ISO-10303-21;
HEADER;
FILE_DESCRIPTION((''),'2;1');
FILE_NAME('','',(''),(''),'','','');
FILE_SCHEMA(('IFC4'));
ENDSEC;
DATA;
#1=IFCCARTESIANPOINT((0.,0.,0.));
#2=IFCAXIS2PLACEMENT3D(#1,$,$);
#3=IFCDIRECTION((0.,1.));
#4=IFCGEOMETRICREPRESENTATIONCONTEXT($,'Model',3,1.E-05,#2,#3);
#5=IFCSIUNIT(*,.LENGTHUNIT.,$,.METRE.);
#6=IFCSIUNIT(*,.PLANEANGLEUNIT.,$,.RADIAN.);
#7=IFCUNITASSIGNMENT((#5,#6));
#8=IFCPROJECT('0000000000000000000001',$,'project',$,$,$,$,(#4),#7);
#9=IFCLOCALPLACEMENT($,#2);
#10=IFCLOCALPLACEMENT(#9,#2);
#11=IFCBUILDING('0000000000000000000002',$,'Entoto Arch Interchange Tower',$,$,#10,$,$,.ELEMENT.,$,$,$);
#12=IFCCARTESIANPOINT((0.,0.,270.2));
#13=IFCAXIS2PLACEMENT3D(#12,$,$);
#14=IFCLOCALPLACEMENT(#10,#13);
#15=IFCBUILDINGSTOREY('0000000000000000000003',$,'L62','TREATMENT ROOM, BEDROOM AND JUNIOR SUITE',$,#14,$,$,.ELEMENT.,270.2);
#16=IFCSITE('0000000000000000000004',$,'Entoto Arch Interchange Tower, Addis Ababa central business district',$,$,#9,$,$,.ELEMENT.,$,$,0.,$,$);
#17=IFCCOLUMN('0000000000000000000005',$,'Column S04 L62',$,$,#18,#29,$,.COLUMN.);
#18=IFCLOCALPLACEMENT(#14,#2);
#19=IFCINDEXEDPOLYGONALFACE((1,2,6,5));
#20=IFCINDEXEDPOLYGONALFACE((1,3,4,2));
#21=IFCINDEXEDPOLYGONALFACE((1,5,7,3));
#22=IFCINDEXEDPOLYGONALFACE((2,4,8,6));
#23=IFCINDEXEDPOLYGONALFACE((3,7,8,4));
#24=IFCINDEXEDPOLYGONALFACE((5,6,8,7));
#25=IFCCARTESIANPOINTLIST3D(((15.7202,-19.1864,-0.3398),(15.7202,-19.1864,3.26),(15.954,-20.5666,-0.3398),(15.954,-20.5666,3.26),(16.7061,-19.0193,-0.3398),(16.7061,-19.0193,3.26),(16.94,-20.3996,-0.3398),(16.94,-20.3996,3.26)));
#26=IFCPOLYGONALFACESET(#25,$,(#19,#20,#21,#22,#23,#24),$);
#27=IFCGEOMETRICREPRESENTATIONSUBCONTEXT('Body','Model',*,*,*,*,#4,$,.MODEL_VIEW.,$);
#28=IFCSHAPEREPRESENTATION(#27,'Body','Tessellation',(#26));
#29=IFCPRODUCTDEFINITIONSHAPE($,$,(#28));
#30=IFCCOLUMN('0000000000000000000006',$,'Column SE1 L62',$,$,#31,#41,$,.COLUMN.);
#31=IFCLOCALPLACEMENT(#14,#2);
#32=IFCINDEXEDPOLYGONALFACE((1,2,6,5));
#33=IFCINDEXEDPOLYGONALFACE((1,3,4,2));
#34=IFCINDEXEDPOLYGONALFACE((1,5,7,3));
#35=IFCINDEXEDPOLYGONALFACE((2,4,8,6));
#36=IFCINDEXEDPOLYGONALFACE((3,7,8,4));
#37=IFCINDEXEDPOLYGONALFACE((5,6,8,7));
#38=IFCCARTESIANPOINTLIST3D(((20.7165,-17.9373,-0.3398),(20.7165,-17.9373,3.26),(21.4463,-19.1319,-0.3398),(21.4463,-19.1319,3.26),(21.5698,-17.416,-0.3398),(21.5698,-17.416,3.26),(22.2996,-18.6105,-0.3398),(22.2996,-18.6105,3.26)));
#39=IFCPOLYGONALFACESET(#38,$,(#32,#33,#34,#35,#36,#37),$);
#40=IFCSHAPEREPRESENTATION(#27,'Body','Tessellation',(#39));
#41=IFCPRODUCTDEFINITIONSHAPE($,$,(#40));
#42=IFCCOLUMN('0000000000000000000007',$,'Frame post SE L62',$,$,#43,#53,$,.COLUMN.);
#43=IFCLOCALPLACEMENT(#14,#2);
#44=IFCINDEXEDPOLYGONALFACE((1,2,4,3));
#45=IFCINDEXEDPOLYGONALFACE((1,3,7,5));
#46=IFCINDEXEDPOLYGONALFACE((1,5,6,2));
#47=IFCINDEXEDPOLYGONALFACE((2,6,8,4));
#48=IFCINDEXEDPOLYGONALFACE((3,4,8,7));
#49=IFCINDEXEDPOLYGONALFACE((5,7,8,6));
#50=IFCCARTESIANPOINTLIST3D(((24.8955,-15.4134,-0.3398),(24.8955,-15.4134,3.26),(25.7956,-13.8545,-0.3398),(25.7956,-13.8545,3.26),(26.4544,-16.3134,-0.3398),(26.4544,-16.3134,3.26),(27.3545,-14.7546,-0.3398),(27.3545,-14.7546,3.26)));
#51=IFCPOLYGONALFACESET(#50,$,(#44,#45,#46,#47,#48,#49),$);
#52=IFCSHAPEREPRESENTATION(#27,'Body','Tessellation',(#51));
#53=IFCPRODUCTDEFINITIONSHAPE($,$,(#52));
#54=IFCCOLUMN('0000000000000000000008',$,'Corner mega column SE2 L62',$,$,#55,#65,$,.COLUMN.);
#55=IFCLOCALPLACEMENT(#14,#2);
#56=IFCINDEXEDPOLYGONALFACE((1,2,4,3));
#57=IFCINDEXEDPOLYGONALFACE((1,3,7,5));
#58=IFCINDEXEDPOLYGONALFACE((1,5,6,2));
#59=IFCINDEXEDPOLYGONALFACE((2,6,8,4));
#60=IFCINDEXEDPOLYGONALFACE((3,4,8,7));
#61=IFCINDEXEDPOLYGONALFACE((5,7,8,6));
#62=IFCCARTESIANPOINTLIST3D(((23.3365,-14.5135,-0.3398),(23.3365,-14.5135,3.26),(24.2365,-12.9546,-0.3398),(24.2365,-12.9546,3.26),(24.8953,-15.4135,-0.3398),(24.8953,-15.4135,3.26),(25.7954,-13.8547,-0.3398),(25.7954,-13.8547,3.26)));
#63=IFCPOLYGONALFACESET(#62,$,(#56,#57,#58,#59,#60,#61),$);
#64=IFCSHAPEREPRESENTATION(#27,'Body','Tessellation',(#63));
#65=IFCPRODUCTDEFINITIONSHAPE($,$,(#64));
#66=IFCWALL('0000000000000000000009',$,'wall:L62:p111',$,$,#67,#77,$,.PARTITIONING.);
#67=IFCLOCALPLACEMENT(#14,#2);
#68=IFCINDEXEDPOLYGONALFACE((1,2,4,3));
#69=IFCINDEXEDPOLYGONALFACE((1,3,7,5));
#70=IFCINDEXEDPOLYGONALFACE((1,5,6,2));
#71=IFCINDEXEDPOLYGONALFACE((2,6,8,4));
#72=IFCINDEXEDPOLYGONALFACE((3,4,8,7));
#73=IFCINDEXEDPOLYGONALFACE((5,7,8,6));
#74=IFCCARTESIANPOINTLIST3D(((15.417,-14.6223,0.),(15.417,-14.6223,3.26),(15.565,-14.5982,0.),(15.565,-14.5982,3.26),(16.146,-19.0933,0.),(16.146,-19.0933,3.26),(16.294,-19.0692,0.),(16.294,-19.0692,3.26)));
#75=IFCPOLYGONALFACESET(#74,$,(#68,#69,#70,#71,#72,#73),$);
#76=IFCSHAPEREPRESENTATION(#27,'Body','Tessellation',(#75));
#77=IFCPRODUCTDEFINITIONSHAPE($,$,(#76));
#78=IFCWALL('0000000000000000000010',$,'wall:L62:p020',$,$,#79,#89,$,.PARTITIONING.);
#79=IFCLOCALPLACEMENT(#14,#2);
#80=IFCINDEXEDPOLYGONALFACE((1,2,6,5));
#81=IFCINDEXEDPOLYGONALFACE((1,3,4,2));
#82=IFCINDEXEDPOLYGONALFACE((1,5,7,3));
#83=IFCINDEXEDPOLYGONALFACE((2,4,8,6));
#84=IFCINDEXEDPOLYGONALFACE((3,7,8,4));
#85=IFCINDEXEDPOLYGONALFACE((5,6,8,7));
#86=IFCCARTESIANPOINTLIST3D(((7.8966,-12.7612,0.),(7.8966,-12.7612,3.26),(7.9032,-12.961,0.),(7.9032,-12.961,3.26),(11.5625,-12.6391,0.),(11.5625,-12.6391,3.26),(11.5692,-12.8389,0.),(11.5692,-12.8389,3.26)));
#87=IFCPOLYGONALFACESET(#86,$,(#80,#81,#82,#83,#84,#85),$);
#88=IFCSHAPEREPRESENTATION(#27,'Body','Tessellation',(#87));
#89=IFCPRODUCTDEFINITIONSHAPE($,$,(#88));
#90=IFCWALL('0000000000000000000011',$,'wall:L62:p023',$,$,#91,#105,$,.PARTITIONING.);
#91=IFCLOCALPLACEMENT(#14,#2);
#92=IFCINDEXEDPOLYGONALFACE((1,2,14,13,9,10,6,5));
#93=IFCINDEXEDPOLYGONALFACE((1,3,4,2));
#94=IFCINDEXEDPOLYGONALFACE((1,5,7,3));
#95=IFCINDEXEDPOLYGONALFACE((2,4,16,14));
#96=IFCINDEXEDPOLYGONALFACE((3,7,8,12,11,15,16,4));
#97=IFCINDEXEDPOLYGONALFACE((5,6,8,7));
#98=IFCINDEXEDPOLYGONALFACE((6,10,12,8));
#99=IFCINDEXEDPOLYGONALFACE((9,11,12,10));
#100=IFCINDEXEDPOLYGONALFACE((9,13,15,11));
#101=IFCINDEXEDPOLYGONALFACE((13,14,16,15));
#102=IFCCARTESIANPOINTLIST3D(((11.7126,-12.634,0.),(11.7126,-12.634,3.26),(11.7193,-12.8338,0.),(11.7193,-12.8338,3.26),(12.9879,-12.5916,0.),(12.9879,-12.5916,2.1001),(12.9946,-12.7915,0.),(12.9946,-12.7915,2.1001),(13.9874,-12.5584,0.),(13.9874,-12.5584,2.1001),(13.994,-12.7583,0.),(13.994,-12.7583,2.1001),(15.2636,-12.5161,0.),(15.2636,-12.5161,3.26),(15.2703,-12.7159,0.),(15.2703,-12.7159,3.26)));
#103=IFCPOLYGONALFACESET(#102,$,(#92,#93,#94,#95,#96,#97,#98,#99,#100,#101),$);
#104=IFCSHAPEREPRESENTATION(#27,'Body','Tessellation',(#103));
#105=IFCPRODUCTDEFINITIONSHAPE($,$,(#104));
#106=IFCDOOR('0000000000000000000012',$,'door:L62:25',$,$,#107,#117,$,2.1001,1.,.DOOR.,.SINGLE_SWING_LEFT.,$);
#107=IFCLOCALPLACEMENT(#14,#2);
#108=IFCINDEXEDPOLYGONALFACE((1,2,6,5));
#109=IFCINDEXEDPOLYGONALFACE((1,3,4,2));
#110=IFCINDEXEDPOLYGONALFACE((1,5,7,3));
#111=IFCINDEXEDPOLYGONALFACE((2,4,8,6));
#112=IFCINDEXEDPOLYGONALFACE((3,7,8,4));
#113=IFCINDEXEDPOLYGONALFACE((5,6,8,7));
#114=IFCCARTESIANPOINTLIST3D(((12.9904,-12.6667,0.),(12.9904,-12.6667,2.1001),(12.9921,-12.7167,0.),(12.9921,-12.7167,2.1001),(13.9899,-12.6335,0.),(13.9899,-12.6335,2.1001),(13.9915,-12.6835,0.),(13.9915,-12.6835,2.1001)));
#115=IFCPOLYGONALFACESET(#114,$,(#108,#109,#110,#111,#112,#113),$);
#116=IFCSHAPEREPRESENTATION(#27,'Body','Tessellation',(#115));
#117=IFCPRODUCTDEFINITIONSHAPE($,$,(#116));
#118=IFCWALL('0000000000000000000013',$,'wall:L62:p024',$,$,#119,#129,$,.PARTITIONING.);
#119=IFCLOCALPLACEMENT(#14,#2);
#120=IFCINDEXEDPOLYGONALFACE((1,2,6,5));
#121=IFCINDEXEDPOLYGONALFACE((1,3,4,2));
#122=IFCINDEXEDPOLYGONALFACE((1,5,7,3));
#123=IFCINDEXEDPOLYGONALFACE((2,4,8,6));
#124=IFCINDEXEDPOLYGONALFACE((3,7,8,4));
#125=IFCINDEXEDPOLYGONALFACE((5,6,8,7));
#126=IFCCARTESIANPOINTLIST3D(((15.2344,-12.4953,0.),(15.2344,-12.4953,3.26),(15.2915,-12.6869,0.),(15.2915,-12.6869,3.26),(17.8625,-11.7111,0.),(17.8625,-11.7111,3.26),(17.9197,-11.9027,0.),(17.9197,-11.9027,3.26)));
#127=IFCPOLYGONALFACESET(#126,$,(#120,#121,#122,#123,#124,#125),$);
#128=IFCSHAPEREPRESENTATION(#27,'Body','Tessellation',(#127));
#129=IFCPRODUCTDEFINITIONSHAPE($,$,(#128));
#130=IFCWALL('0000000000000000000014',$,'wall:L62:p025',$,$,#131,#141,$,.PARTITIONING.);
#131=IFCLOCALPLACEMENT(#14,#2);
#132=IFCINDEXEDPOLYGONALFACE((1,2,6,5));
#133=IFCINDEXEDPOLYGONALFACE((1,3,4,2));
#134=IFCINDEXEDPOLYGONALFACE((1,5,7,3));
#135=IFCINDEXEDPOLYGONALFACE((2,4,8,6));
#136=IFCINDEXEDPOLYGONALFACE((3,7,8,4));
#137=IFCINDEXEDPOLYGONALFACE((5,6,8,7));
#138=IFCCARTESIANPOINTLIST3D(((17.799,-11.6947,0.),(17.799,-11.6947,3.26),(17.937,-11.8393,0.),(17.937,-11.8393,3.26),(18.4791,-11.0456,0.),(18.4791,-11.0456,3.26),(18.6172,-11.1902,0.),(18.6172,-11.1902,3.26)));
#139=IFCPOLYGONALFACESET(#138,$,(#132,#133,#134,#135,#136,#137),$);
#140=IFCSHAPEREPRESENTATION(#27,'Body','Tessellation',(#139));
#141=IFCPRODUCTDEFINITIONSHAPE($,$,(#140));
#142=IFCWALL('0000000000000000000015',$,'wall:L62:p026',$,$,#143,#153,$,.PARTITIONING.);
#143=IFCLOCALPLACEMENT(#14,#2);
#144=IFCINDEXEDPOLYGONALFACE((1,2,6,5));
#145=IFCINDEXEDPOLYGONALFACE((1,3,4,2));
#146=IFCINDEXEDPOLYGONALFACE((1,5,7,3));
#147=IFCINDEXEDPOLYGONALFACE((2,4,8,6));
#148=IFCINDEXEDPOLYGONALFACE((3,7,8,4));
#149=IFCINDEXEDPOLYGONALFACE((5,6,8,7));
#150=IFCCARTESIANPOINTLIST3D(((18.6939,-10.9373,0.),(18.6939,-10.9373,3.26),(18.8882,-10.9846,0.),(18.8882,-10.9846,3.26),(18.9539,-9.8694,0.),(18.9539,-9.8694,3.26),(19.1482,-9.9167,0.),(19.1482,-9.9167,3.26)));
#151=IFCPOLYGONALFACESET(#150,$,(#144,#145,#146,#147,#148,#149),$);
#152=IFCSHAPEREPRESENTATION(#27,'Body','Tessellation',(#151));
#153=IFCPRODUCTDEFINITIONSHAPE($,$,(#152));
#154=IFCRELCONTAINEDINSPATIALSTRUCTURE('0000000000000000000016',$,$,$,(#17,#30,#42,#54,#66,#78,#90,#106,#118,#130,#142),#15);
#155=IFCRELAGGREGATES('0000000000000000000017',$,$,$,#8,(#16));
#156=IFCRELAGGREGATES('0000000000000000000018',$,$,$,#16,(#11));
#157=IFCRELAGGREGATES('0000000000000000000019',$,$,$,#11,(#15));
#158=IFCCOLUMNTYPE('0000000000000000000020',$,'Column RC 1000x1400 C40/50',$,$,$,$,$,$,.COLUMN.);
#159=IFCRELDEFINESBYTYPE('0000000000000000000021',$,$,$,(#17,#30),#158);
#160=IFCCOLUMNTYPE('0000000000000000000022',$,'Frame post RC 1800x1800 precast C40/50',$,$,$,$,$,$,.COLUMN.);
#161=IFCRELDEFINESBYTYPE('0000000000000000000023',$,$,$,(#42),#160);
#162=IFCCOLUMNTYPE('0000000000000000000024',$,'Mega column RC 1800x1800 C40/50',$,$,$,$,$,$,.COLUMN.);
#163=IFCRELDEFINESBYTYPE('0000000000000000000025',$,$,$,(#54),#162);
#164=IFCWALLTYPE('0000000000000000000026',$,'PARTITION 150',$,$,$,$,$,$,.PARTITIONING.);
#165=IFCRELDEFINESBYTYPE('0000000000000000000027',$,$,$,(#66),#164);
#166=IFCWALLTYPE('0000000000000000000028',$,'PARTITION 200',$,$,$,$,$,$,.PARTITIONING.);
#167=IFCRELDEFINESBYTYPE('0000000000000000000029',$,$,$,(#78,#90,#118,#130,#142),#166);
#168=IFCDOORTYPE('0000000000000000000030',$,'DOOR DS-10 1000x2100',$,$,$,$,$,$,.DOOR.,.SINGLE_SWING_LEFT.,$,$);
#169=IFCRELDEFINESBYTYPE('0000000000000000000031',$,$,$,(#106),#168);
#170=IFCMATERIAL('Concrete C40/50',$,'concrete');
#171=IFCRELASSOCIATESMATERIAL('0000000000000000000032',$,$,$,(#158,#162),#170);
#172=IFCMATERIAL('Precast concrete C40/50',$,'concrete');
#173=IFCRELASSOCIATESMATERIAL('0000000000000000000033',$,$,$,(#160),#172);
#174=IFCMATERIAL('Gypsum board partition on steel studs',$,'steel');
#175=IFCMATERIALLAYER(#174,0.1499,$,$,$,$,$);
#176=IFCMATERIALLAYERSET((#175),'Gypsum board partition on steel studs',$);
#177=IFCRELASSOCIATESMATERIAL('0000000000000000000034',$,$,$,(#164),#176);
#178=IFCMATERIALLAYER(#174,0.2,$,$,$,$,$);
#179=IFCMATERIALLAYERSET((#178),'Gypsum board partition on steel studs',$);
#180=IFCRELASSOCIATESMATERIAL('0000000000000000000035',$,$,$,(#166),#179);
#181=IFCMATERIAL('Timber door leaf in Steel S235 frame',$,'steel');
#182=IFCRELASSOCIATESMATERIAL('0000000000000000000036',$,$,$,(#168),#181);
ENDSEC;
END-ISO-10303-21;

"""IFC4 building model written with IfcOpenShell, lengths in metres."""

from ifc_helpers import new_model, si_unit, direction, frame, frame_2d, origin, origin_2d, place, context, subcontext, project, spatial, rectangle, extrude, material, layer, layer_set, material_profile, profile_set, type_object, element, fill, save


model = new_model("IFC4")

# Units and contexts
model_context = context("Model", 3, precision=1e-05, world=origin(), true_north=direction((0.0, 1.0)))
body_context = subcontext(model_context, "Body", "Model", "MODEL_VIEW")
ifc_project = project(units=[si_unit("LENGTHUNIT", "METRE"), si_unit("PLANEANGLEUNIT", "RADIAN")], contexts=[model_context])

# Site, building, storey
site_placement = place(None, origin())
site = spatial("IfcSite", under=ifc_project, at=site_placement, Name="Entoto Arch Interchange Tower, Addis Ababa central business district", CompositionType="ELEMENT", RefElevation=0.0)
building_placement = place(site_placement, origin())
building = spatial("IfcBuilding", under=site, at=building_placement, Name="Entoto Arch Interchange Tower", CompositionType="ELEMENT")
storey_placement = place(building_placement, frame((0.0, 0.0, 270.2)))
storey = spatial("IfcBuildingStorey", under=building, at=storey_placement, Name="L62", Description="TREATMENT ROOM, BEDROOM AND JUNIOR SUITE", CompositionType="ELEMENT", Elevation=270.2)

# Columns
ifc_material_1 = material(Name="Concrete C40/50", Category="concrete")
ifc_material_profile_1 = material_profile(ifc_material_1, rectangle(XDim=1.0, YDim=1.3999, at=origin_2d()))
ifc_profile_set_1 = profile_set([ifc_material_profile_1], Name="Concrete C40/50")
column_type_1 = type_object("IfcColumnType", Name="Column RC 1000x1400 C40/50", PredefinedType="COLUMN", material=ifc_profile_set_1)
for number, where, z_axis, x_axis, name in (
    (1, (16.3301, -19.793, -0.3398), (0.0, 0.0, 1.0), (0.985952, 0.167027, 0.0), "Column S04 L62"),
    (2, (21.5081, -18.2739, -0.3398), (0.0, 0.0, 1.0), (0.853342, 0.521352, 0.0), "Column SE1 L62"),
):
    element("IfcColumn", number, at=place(storey_placement, frame(where, z_axis=z_axis, x_axis=x_axis)), inside=storey, type_object=column_type_1, Name=name, PredefinedType="COLUMN", context=body_context, shape_type="SweptSolid", body=[
        extrude(rectangle(XDim=1.0, YDim=1.3999, at=origin_2d()), origin(), (0.0, 0.0, 1.0), 3.5999),
    ])
ifc_material_2 = material(Name="Precast concrete C40/50", Category="concrete")
ifc_material_profile_2 = material_profile(ifc_material_2, rectangle(XDim=1.8, YDim=1.8, at=origin_2d()))
ifc_profile_set_2 = profile_set([ifc_material_profile_2], Name="Precast concrete C40/50")
column_type_2 = type_object("IfcColumnType", Name="Frame post RC 1800x1800 precast C40/50", PredefinedType="COLUMN", material=ifc_profile_set_2)
column_1_placement = place(storey_placement, frame((26.125, -15.084, -0.3398), z_axis=(0.0, 0.0, 1.0), x_axis=(-0.866025, 0.5, 0.0)))
element("IfcColumn", 3, at=column_1_placement, inside=storey, type_object=column_type_2, Name="Frame post SE L62", PredefinedType="COLUMN", context=body_context, shape_type="SweptSolid", body=[
    extrude(rectangle(XDim=1.8, YDim=1.8, at=origin_2d()), origin(), (0.0, 0.0, 1.0), 3.5999),
])
ifc_material_profile_3 = material_profile(ifc_material_1, rectangle(XDim=1.8, YDim=1.8, at=origin_2d()))
ifc_profile_set_3 = profile_set([ifc_material_profile_3], Name="Concrete C40/50")
column_type_3 = type_object("IfcColumnType", Name="Mega column RC 1800x1800 C40/50", PredefinedType="COLUMN", material=ifc_profile_set_3)
column_2_placement = place(storey_placement, frame((24.5659, -14.1841, -0.3398), z_axis=(0.0, 0.0, 1.0), x_axis=(-0.866025, 0.5, 0.0)))
element("IfcColumn", 4, at=column_2_placement, inside=storey, type_object=column_type_3, Name="Corner mega column SE2 L62", PredefinedType="COLUMN", context=body_context, shape_type="SweptSolid", body=[
    extrude(rectangle(XDim=1.8, YDim=1.8, at=origin_2d()), origin(), (0.0, 0.0, 1.0), 3.5999),
])

# Walls
ifc_material_3 = material(Name="Gypsum board partition on steel studs", Category="steel")
ifc_layer_1 = layer(ifc_material_3, 0.1499)
ifc_layer_set_1 = layer_set([ifc_layer_1], Name="Gypsum board partition on steel studs")
wall_type_1 = type_object("IfcWallType", Name="PARTITION 150", PredefinedType="PARTITIONING", material=ifc_layer_set_1)
wall_1_placement = place(storey_placement, frame((15.491, -14.6101, 0.0), z_axis=(0.0, 0.0, 1.0), x_axis=(0.160928, -0.986966, 0.0)))
element("IfcWall", 5, at=wall_1_placement, inside=storey, type_object=wall_type_1, Name="wall:L62:p111", PredefinedType="PARTITIONING", context=body_context, shape_type="SweptSolid", body=[
    extrude(rectangle(XDim=4.53, YDim=0.1499, at=frame_2d((2.2651, 0.0))), origin(), (0.0, 0.0, 1.0), 3.26),
])
ifc_layer_2 = layer(ifc_material_3, 0.2)
ifc_layer_set_2 = layer_set([ifc_layer_2], Name="Gypsum board partition on steel studs")
wall_type_2 = type_object("IfcWallType", Name="PARTITION 200", PredefinedType="PARTITIONING", material=ifc_layer_set_2)
wall_2_placement = place(storey_placement, frame((7.8999, -12.8611, 0.0), z_axis=(0.0, 0.0, 1.0), x_axis=(0.999446, 0.033279, 0.0)))
element("IfcWall", 6, at=wall_2_placement, inside=storey, type_object=wall_type_2, Name="wall:L62:p020", PredefinedType="PARTITIONING", context=body_context, shape_type="SweptSolid", body=[
    extrude(rectangle(XDim=3.668, YDim=0.2, at=frame_2d((1.834, 0.0))), origin(), (0.0, 0.0, 1.0), 3.26),
])

# Wall, opening, door
wall_3_placement = place(storey_placement, frame((11.7161, -12.7339, 0.0), z_axis=(0.0, 0.0, 1.0), x_axis=(0.999449, 0.033189, 0.0)))
wall_3 = element("IfcWall", 7, at=wall_3_placement, inside=storey, type_object=wall_type_2, Name="wall:L62:p023", PredefinedType="PARTITIONING", context=body_context, shape_type="SweptSolid", body=[
    extrude(rectangle(XDim=3.553, YDim=0.2, at=frame_2d((1.7764, 0.0))), origin(), (0.0, 0.0, 1.0), 3.26),
])
opening_1_placement = place(wall_3_placement, frame((1.2759, 0.0, 0.0)))
opening_1 = element("IfcOpeningElement", 8, at=opening_1_placement, cuts=wall_3, PredefinedType="OPENING", context=body_context, shape_type="SweptSolid", body=[
    extrude(rectangle(XDim=1.0, YDim=2.1001, at=frame_2d((0.5, 1.05))), frame((0.0, 0.1099, 0.0), z_axis=(0.0, -1.0, 0.0), x_axis=(1.0, 0.0, 0.0)), (0.0, 0.0, 1.0), 0.22),
])
ifc_material_4 = material(Name="Timber door leaf in Steel S235 frame", Category="steel")
door_type_1 = type_object("IfcDoorType", Name="DOOR DS-10 1000x2100", OperationType="SINGLE_SWING_LEFT", PredefinedType="DOOR", material=ifc_material_4)
door_1_placement = place(opening_1_placement, origin())
door_1 = element("IfcDoor", 9, at=door_1_placement, inside=storey, type_object=door_type_1, Name="door:L62:25", OperationType="SINGLE_SWING_LEFT", OverallHeight=2.1001, OverallWidth=1.0, PredefinedType="DOOR", context=body_context, shape_type="SweptSolid", body=[
    extrude(rectangle(XDim=1.0, YDim=2.1001, at=frame_2d((0.5, 1.05))), frame((0.0, 0.0249, 0.0), z_axis=(0.0, -1.0, 0.0), x_axis=(1.0, 0.0, 0.0)), (0.0, 0.0, 1.0), 0.05),
])
fill(opening_1, door_1)

# Walls
wall_4_placement = place(storey_placement, frame((15.2629, -12.5911, 0.0), z_axis=(0.0, 0.0, 1.0), x_axis=(0.958254, 0.285918, 0.0)))
element("IfcWall", 10, at=wall_4_placement, inside=storey, type_object=wall_type_2, Name="wall:L62:p024", PredefinedType="PARTITIONING", context=body_context, shape_type="SweptSolid", body=[
    extrude(rectangle(XDim=2.7427, YDim=0.2, at=frame_2d((1.3713, 0.0))), origin(), (0.0, 0.0, 1.0), 3.26),
])
wall_5_placement = place(storey_placement, frame((17.8679, -11.7671, 0.0), z_axis=(0.0, 0.0, 1.0), x_axis=(0.723403, 0.690426, 0.0)))
element("IfcWall", 11, at=wall_5_placement, inside=storey, type_object=wall_type_2, Name="wall:L62:p025", PredefinedType="PARTITIONING", context=body_context, shape_type="SweptSolid", body=[
    extrude(rectangle(XDim=0.9402, YDim=0.2, at=frame_2d((0.4702, 0.0))), origin(), (0.0, 0.0, 1.0), 3.26),
])
wall_6_placement = place(storey_placement, frame((18.791, -10.9609, 0.0), z_axis=(0.0, 0.0, 1.0), x_axis=(0.236573, 0.971614, 0.0)))
element("IfcWall", 12, at=wall_6_placement, inside=storey, type_object=wall_type_2, Name="wall:L62:p026", PredefinedType="PARTITIONING", context=body_context, shape_type="SweptSolid", body=[
    extrude(rectangle(XDim=1.0991, YDim=0.2, at=frame_2d((0.5496, 0.0))), origin(), (0.0, 0.0, 1.0), 3.26),
])

save(model, "model.ifc")
